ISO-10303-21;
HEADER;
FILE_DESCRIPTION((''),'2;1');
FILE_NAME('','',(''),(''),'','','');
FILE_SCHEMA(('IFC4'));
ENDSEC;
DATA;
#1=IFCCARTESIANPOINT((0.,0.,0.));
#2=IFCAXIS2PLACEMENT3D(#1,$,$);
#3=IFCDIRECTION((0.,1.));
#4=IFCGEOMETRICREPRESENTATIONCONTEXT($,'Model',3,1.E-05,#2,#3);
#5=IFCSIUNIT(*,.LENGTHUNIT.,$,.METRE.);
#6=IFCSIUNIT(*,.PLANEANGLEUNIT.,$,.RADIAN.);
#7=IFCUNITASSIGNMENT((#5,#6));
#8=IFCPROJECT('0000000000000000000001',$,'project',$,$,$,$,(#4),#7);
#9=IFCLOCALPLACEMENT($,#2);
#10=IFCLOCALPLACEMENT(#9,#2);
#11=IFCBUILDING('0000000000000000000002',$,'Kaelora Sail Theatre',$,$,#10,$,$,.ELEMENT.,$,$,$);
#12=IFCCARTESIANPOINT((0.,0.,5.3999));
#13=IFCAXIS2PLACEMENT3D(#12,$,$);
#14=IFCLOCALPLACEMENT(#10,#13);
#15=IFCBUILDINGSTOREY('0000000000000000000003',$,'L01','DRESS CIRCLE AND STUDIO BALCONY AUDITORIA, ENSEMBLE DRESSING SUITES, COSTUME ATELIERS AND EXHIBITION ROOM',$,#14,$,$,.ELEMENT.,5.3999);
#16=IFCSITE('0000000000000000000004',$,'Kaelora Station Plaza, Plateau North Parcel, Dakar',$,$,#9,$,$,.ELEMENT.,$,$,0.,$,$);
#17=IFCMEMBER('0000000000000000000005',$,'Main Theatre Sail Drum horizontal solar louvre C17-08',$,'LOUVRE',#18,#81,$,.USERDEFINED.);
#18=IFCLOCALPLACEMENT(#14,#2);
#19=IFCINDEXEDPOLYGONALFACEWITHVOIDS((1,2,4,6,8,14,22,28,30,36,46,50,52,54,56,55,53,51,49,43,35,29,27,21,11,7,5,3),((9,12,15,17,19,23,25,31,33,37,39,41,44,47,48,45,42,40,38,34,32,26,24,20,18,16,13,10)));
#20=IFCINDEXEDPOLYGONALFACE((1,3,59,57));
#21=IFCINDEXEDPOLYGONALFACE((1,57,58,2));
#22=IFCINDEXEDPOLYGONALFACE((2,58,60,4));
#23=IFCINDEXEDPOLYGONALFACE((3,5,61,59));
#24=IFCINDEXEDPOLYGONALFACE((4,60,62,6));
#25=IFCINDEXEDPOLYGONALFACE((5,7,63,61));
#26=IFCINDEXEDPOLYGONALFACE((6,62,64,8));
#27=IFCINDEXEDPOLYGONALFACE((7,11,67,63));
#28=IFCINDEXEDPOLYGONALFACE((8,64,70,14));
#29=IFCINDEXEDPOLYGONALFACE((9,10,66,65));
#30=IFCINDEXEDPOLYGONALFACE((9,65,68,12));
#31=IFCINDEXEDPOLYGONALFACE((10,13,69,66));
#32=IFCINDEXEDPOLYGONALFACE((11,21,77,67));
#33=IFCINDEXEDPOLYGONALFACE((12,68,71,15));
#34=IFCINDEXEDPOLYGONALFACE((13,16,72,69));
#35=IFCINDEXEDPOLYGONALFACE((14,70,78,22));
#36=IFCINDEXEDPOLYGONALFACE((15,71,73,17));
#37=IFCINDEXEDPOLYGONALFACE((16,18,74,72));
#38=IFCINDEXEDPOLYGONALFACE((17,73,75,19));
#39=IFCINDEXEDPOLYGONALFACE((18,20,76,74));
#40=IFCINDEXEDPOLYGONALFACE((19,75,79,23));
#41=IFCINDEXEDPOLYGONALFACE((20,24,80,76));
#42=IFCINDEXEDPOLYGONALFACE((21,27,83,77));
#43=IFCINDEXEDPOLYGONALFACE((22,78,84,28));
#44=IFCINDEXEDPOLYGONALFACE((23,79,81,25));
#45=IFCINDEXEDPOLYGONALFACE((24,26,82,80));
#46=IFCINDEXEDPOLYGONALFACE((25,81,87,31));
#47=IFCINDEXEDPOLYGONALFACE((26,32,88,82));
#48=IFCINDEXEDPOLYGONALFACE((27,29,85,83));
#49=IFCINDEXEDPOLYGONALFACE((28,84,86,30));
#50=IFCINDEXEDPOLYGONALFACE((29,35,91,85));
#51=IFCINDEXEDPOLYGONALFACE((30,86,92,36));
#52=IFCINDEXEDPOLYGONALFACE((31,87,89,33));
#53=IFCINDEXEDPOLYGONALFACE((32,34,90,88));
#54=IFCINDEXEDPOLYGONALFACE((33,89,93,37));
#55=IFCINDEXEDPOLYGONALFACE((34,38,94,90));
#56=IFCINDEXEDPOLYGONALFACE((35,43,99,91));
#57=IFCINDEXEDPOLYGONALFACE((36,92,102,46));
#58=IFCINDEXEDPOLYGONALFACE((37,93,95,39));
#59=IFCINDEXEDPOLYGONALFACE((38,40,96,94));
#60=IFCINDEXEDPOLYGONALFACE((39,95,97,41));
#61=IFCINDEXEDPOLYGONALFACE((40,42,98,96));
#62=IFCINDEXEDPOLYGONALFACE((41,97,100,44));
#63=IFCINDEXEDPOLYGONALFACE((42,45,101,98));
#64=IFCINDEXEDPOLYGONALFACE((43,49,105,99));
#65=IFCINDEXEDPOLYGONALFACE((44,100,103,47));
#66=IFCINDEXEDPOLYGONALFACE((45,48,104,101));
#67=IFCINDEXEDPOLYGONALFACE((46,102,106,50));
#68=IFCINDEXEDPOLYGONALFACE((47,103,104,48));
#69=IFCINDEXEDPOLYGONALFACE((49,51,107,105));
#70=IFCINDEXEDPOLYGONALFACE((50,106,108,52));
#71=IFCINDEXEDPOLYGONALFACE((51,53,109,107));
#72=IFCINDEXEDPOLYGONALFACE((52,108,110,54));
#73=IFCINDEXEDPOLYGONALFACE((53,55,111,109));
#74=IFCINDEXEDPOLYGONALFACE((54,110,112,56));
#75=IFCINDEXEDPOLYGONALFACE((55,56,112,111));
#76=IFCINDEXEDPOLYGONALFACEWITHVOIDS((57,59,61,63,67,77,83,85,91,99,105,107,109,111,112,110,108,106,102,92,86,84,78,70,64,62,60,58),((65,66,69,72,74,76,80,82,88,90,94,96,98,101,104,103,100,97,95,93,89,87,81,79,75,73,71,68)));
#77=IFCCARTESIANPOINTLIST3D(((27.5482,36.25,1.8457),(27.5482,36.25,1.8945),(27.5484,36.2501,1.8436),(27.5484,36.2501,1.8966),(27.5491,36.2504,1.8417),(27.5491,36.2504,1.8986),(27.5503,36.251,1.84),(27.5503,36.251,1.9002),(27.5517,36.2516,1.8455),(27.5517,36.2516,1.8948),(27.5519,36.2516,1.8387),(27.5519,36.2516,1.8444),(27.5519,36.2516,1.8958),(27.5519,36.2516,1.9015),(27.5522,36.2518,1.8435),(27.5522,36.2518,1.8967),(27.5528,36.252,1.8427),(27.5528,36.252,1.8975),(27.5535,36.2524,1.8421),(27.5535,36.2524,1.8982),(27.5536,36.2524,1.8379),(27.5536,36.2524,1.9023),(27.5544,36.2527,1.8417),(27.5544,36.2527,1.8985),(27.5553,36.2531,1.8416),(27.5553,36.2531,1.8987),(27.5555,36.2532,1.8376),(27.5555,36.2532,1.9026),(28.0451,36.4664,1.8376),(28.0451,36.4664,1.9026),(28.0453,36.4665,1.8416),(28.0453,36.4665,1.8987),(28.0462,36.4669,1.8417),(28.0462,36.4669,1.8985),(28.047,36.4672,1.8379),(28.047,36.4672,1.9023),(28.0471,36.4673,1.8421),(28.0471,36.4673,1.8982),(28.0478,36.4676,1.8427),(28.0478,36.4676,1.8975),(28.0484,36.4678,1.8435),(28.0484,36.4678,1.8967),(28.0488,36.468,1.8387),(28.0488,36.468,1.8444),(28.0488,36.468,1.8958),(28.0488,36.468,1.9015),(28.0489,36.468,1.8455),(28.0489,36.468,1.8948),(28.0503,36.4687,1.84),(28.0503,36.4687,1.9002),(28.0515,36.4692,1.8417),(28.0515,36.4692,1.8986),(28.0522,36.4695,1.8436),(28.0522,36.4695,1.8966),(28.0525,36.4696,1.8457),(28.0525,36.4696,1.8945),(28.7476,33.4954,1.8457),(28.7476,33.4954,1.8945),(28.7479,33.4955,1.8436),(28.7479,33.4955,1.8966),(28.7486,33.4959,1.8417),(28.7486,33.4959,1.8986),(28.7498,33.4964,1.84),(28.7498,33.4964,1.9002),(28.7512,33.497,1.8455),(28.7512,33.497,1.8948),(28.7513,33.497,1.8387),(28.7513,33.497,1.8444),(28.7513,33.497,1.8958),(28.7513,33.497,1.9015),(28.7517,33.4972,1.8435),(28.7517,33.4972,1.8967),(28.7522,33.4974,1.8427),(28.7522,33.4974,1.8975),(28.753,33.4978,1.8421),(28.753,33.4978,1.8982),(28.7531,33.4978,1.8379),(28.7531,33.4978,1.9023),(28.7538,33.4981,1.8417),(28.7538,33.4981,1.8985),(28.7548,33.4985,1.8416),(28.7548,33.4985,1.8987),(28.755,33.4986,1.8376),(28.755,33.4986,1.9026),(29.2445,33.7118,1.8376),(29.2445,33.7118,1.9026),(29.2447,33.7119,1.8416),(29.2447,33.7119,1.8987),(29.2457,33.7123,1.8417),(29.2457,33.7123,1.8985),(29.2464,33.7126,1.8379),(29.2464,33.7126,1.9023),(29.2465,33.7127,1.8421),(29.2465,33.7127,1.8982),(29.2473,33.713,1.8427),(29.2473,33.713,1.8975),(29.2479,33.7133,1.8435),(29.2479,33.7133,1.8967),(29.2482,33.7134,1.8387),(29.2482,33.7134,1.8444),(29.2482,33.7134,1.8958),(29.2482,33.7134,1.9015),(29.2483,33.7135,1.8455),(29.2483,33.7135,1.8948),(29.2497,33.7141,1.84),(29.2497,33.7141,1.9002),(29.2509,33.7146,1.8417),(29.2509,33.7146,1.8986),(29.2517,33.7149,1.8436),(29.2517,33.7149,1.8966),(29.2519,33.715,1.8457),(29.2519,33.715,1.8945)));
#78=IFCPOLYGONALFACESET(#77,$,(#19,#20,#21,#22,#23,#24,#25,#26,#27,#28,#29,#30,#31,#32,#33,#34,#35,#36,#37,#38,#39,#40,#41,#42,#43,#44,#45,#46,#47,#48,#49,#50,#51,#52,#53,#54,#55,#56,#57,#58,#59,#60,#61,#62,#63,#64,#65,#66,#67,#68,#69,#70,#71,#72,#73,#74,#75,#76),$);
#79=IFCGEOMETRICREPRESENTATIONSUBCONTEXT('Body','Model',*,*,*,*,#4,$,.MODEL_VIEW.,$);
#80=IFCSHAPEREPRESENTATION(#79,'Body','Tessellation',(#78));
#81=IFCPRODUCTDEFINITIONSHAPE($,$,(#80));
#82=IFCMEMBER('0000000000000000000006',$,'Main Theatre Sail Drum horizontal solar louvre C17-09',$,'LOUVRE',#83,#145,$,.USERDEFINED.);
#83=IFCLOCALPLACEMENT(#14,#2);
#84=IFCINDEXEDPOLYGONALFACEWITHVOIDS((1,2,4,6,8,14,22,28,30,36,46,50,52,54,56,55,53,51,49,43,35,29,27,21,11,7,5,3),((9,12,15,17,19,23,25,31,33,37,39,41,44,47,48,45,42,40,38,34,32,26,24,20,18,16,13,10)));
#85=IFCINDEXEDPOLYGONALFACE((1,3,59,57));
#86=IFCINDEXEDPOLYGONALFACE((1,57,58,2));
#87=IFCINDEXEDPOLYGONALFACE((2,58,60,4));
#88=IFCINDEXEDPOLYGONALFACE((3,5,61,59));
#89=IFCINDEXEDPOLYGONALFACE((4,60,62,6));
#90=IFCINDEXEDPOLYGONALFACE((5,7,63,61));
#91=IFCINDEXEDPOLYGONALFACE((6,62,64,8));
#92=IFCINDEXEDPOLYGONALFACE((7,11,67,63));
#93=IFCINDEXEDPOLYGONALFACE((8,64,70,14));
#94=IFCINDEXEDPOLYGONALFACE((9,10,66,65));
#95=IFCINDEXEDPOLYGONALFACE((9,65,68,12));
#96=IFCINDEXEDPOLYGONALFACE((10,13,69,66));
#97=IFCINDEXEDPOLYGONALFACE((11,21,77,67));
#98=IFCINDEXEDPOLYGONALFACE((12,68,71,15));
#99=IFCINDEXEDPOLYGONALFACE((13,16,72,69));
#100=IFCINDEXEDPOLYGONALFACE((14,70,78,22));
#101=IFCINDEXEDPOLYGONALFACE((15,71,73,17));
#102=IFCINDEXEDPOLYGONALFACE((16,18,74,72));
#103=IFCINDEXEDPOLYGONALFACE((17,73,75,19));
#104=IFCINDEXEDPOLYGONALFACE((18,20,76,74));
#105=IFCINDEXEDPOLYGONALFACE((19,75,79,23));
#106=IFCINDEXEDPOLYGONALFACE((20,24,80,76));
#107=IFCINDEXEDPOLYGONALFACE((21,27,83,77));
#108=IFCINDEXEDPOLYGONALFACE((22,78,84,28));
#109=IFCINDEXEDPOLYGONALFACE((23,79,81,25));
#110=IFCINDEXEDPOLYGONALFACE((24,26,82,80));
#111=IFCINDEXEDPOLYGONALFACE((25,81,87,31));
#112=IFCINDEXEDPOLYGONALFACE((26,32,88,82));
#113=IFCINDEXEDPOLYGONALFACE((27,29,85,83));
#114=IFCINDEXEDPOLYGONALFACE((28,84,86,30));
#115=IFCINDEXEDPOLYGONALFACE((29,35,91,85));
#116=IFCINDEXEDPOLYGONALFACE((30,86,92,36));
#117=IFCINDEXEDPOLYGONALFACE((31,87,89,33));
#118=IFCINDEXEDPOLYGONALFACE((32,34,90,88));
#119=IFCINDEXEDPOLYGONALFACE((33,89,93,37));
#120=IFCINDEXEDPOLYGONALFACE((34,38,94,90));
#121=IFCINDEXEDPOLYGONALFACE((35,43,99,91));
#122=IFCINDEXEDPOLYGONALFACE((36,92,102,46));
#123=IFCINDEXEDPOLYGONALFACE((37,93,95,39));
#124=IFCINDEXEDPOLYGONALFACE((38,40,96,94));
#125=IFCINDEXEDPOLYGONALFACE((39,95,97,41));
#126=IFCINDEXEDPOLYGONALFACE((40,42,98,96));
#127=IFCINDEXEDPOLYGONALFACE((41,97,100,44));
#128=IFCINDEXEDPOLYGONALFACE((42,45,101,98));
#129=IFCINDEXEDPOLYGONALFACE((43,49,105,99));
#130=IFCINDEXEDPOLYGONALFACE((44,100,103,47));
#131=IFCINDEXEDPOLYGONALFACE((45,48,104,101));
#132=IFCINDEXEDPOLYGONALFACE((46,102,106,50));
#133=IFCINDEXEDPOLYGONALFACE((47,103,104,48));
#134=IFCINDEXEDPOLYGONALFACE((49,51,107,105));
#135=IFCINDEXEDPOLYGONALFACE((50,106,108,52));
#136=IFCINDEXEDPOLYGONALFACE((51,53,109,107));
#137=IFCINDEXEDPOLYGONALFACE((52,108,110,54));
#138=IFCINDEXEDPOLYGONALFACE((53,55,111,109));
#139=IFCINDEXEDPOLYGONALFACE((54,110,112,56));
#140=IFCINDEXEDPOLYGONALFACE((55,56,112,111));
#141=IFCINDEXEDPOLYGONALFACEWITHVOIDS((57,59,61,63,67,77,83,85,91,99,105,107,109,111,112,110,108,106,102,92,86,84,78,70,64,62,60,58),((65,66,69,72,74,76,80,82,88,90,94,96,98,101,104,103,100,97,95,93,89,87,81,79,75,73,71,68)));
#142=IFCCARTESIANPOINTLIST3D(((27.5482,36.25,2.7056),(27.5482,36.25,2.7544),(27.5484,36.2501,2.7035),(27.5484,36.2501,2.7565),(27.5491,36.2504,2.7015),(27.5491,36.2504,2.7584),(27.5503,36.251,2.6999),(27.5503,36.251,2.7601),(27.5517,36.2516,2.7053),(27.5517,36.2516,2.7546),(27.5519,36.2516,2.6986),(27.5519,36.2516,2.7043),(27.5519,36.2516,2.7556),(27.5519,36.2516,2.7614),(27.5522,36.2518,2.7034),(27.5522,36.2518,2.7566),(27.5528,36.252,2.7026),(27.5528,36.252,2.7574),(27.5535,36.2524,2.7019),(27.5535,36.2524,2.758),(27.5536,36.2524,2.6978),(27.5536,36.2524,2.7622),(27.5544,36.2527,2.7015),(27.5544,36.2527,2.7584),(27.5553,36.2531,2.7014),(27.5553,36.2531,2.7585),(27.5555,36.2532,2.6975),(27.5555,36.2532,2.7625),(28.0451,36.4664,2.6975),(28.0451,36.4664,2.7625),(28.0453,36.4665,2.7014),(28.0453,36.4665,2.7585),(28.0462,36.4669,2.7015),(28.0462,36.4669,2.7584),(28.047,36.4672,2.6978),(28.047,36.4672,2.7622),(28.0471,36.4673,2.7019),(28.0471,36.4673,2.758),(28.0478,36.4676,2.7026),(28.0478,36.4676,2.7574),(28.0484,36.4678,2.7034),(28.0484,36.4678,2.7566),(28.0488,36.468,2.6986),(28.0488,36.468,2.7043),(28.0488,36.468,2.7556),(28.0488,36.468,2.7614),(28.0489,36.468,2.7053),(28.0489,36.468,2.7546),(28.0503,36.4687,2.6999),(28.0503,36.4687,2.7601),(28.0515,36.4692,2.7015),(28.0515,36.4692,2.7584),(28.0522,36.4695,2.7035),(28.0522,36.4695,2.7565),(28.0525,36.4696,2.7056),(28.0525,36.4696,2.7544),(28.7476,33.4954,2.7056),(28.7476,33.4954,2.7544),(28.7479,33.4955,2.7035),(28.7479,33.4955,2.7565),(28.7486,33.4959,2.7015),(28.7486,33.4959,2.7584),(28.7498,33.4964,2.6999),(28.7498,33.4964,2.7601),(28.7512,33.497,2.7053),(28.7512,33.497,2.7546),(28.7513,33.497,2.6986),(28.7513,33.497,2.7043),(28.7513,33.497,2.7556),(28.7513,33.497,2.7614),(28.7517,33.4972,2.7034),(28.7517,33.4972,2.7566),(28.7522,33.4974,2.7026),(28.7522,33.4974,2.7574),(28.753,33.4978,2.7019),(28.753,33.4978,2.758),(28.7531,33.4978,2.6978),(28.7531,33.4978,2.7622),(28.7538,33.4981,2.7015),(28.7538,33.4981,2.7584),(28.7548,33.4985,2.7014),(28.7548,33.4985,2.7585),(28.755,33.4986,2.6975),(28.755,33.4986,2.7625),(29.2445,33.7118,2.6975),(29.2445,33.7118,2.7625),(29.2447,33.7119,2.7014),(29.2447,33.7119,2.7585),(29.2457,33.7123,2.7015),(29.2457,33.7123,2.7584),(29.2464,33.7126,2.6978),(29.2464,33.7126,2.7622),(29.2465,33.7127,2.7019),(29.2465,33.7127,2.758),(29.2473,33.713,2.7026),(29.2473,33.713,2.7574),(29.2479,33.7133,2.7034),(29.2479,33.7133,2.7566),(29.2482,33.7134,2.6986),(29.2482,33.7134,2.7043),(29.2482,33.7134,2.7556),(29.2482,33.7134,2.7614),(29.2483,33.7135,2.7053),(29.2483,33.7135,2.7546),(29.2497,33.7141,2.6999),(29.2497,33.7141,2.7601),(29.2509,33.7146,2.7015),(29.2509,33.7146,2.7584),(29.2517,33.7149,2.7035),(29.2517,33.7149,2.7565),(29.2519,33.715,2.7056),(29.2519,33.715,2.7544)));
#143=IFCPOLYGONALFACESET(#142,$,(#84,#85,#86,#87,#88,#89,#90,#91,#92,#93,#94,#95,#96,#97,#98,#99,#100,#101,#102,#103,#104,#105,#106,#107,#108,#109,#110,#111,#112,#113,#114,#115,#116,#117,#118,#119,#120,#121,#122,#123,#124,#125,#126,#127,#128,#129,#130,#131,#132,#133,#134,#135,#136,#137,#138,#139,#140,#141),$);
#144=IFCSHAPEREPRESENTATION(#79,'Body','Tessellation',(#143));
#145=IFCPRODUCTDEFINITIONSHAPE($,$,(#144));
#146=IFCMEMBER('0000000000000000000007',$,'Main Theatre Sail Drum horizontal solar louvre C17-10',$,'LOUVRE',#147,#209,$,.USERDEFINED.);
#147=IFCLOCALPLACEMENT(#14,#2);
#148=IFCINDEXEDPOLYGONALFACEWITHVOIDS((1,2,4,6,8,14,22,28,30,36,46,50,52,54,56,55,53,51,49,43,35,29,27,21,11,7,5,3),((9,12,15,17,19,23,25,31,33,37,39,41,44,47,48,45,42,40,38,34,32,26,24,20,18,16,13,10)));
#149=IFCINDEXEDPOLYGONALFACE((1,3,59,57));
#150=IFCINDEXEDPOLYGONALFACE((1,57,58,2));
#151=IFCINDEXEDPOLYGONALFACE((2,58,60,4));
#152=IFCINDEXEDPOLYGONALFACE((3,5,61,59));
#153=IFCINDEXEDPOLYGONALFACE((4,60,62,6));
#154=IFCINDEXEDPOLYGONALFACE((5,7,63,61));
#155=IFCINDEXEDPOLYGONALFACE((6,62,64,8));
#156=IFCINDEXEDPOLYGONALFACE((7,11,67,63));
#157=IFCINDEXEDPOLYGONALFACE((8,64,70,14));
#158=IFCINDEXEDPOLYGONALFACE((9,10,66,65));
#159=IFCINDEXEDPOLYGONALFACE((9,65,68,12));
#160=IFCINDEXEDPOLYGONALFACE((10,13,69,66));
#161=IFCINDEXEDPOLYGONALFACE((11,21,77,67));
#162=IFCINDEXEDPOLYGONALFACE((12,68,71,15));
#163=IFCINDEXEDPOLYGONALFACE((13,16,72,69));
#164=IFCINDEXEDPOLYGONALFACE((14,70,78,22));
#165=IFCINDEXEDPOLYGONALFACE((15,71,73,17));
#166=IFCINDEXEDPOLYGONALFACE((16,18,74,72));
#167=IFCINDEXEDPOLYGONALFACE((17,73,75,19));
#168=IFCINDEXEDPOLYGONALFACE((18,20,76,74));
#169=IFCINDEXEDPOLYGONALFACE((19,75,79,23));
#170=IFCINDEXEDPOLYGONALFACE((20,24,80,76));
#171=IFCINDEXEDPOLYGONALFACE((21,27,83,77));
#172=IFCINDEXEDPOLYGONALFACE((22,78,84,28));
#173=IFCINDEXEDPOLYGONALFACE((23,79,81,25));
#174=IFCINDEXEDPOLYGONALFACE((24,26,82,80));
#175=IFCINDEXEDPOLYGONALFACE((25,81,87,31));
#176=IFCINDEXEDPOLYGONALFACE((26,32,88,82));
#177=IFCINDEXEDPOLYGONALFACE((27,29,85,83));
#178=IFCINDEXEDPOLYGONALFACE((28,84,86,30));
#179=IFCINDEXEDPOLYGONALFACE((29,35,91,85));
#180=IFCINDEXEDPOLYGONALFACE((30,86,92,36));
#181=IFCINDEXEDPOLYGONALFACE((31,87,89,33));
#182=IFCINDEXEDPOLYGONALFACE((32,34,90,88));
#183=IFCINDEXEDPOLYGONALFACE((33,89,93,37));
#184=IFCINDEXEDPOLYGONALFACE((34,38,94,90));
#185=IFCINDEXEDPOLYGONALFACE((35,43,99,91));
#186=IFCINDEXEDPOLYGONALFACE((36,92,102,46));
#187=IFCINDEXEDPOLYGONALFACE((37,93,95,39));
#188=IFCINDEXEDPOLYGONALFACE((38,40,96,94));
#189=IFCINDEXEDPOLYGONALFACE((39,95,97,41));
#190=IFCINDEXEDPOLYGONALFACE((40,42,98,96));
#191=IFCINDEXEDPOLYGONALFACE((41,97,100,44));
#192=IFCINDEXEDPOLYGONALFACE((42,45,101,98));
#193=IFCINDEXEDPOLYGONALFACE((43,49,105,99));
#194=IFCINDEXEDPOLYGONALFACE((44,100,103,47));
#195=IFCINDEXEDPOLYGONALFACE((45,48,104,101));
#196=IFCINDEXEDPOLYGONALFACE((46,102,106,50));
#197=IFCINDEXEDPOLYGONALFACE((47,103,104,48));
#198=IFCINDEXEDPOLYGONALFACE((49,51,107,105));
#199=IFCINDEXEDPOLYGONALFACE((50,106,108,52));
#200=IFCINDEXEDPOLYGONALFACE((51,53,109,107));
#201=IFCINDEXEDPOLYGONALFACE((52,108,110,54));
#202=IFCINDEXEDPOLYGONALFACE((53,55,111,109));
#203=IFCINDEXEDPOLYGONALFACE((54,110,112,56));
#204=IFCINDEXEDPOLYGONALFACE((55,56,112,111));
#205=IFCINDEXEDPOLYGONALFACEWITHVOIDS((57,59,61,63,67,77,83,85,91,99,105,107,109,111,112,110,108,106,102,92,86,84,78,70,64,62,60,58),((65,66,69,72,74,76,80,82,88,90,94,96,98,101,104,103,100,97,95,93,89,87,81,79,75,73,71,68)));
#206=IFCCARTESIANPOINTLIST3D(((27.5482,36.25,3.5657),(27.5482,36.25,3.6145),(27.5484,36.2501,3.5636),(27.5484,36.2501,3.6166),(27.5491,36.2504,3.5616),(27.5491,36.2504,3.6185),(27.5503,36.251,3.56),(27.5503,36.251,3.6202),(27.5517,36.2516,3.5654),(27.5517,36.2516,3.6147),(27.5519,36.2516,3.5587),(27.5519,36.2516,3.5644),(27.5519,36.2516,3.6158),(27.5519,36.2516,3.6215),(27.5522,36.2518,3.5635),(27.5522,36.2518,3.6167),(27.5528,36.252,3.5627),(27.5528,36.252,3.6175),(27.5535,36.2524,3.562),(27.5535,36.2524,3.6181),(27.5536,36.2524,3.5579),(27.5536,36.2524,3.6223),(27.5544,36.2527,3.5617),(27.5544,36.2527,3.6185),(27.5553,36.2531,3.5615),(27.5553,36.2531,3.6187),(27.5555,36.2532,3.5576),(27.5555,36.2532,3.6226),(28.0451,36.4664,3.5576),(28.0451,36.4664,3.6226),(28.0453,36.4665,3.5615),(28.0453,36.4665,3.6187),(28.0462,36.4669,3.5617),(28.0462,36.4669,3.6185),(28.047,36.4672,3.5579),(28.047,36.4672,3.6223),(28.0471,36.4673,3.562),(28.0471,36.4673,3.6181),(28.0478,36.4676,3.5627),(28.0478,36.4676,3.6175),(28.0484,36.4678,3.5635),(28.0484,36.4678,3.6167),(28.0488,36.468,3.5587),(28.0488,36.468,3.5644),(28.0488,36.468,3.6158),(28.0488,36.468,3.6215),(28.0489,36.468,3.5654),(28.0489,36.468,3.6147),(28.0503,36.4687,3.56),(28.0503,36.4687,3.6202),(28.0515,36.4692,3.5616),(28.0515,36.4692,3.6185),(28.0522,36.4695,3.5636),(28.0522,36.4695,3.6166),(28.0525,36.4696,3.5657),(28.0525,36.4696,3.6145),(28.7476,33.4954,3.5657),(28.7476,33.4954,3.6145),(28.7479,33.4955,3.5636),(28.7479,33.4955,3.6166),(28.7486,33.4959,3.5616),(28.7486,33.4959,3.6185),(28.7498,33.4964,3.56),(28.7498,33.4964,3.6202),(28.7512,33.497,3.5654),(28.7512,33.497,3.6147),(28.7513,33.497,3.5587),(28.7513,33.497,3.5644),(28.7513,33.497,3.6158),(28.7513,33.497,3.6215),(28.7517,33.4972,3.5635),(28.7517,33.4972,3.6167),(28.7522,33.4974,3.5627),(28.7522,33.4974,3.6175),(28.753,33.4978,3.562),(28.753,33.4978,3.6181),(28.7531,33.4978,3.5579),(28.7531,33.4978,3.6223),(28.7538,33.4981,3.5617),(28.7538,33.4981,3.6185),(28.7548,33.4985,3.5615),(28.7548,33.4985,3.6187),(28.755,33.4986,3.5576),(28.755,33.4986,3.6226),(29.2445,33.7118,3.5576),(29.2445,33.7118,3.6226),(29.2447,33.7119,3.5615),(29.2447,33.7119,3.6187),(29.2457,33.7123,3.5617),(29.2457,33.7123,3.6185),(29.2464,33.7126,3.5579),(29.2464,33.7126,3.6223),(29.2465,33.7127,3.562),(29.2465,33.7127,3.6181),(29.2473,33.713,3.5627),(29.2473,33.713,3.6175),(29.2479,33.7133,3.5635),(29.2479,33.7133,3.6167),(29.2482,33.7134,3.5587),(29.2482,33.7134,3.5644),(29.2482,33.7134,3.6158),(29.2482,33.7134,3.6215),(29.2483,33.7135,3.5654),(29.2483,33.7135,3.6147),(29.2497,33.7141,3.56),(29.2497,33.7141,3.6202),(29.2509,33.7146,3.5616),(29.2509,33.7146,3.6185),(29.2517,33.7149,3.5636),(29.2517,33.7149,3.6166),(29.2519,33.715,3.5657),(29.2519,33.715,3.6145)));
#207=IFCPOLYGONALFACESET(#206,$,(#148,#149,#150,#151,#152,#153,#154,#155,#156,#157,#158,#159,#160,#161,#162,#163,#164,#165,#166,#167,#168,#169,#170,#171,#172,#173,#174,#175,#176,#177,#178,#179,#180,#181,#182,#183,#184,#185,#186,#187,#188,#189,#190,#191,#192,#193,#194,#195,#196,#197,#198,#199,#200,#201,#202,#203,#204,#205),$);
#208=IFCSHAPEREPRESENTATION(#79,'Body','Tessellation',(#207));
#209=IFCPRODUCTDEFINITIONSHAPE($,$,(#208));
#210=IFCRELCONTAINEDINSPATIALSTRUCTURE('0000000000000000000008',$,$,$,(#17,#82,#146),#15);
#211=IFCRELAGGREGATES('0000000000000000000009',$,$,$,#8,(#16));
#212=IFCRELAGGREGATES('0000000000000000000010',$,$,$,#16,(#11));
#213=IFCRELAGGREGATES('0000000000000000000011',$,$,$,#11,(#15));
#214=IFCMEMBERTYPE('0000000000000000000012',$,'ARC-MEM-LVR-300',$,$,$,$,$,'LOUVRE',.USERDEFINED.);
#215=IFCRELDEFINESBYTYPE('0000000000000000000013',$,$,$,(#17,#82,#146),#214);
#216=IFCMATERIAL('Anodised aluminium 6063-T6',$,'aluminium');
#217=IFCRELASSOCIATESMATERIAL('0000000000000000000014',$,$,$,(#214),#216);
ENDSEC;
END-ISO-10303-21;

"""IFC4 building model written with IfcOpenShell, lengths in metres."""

from ifc_helpers import new_model, si_unit, direction, frame, origin, origin_2d, place, context, subcontext, project, spatial, hollow_rectangle, extrude, material, material_profile, profile_set, type_object, element, save


model = new_model("IFC4")

# Units and contexts
model_context = context("Model", 3, precision=1e-05, world=origin(), true_north=direction((0.0, 1.0)))
body_context = subcontext(model_context, "Body", "Model", "MODEL_VIEW")
ifc_project = project(units=[si_unit("LENGTHUNIT", "METRE"), si_unit("PLANEANGLEUNIT", "RADIAN")], contexts=[model_context])

# Site, building, storey
site_placement = place(None, origin())
site = spatial("IfcSite", under=ifc_project, at=site_placement, Name="Kaelora Station Plaza, Plateau North Parcel, Dakar", CompositionType="ELEMENT", RefElevation=0.0)
building_placement = place(site_placement, origin())
building = spatial("IfcBuilding", under=site, at=building_placement, Name="Kaelora Sail Theatre", CompositionType="ELEMENT")
storey_placement = place(building_placement, frame((0.0, 0.0, 5.3999)))
storey = spatial("IfcBuildingStorey", under=building, at=storey_placement, Name="L01", Description="DRESS CIRCLE AND STUDIO BALCONY AUDITORIA, ENSEMBLE DRESSING SUITES, COSTUME ATELIERS AND EXHIBITION ROOM", CompositionType="ELEMENT", Elevation=5.3999)

# Members
ifc_material_1 = material(Name="Anodised aluminium 6063-T6", Category="aluminium")
ifc_material_profile_1 = material_profile(ifc_material_1, hollow_rectangle(XDim=0.55, YDim=0.0649, WallThickness=0.0039, InnerFilletRadius=0.0039, OuterFilletRadius=0.0081, at=origin_2d()), Name="LOUVRE 550x65x4")
ifc_profile_set_1 = profile_set([ifc_material_profile_1], Name="Anodised aluminium 6063-T6")
member_type = type_object("IfcMemberType", Name="ARC-MEM-LVR-300", ElementType="LOUVRE", PredefinedType="USERDEFINED", material=ifc_profile_set_1)
for number, where, z_axis, x_axis, name in (
    (1, (28.9998, 33.6052, 1.8701), (-0.399228, 0.916852, 0.0), (-0.916852, -0.399228, 0.0), "Main Theatre Sail Drum horizontal solar louvre C17-08"),
    (2, (28.9998, 33.6052, 2.73), (-0.399228, 0.916852, 0.0), (-0.916852, -0.399228, 0.0), "Main Theatre Sail Drum horizontal solar louvre C17-09"),
    (3, (28.9998, 33.6052, 3.5901), (-0.399228, 0.916852, 0.0), (-0.916852, -0.399228, 0.0), "Main Theatre Sail Drum horizontal solar louvre C17-10"),
):
    element("IfcMember", number, at=place(storey_placement, frame(where, z_axis=z_axis, x_axis=x_axis)), inside=storey, type_object=member_type, Name=name, ObjectType="LOUVRE", PredefinedType="USERDEFINED", context=body_context, shape_type="SweptSolid", body=[
        extrude(hollow_rectangle(XDim=0.55, YDim=0.0649, WallThickness=0.0039, InnerFilletRadius=0.0039, OuterFilletRadius=0.0081, at=origin_2d()), origin(), (0.0, 0.0, 1.0), 3.0044),
    ])

save(model, "model.ifc")
